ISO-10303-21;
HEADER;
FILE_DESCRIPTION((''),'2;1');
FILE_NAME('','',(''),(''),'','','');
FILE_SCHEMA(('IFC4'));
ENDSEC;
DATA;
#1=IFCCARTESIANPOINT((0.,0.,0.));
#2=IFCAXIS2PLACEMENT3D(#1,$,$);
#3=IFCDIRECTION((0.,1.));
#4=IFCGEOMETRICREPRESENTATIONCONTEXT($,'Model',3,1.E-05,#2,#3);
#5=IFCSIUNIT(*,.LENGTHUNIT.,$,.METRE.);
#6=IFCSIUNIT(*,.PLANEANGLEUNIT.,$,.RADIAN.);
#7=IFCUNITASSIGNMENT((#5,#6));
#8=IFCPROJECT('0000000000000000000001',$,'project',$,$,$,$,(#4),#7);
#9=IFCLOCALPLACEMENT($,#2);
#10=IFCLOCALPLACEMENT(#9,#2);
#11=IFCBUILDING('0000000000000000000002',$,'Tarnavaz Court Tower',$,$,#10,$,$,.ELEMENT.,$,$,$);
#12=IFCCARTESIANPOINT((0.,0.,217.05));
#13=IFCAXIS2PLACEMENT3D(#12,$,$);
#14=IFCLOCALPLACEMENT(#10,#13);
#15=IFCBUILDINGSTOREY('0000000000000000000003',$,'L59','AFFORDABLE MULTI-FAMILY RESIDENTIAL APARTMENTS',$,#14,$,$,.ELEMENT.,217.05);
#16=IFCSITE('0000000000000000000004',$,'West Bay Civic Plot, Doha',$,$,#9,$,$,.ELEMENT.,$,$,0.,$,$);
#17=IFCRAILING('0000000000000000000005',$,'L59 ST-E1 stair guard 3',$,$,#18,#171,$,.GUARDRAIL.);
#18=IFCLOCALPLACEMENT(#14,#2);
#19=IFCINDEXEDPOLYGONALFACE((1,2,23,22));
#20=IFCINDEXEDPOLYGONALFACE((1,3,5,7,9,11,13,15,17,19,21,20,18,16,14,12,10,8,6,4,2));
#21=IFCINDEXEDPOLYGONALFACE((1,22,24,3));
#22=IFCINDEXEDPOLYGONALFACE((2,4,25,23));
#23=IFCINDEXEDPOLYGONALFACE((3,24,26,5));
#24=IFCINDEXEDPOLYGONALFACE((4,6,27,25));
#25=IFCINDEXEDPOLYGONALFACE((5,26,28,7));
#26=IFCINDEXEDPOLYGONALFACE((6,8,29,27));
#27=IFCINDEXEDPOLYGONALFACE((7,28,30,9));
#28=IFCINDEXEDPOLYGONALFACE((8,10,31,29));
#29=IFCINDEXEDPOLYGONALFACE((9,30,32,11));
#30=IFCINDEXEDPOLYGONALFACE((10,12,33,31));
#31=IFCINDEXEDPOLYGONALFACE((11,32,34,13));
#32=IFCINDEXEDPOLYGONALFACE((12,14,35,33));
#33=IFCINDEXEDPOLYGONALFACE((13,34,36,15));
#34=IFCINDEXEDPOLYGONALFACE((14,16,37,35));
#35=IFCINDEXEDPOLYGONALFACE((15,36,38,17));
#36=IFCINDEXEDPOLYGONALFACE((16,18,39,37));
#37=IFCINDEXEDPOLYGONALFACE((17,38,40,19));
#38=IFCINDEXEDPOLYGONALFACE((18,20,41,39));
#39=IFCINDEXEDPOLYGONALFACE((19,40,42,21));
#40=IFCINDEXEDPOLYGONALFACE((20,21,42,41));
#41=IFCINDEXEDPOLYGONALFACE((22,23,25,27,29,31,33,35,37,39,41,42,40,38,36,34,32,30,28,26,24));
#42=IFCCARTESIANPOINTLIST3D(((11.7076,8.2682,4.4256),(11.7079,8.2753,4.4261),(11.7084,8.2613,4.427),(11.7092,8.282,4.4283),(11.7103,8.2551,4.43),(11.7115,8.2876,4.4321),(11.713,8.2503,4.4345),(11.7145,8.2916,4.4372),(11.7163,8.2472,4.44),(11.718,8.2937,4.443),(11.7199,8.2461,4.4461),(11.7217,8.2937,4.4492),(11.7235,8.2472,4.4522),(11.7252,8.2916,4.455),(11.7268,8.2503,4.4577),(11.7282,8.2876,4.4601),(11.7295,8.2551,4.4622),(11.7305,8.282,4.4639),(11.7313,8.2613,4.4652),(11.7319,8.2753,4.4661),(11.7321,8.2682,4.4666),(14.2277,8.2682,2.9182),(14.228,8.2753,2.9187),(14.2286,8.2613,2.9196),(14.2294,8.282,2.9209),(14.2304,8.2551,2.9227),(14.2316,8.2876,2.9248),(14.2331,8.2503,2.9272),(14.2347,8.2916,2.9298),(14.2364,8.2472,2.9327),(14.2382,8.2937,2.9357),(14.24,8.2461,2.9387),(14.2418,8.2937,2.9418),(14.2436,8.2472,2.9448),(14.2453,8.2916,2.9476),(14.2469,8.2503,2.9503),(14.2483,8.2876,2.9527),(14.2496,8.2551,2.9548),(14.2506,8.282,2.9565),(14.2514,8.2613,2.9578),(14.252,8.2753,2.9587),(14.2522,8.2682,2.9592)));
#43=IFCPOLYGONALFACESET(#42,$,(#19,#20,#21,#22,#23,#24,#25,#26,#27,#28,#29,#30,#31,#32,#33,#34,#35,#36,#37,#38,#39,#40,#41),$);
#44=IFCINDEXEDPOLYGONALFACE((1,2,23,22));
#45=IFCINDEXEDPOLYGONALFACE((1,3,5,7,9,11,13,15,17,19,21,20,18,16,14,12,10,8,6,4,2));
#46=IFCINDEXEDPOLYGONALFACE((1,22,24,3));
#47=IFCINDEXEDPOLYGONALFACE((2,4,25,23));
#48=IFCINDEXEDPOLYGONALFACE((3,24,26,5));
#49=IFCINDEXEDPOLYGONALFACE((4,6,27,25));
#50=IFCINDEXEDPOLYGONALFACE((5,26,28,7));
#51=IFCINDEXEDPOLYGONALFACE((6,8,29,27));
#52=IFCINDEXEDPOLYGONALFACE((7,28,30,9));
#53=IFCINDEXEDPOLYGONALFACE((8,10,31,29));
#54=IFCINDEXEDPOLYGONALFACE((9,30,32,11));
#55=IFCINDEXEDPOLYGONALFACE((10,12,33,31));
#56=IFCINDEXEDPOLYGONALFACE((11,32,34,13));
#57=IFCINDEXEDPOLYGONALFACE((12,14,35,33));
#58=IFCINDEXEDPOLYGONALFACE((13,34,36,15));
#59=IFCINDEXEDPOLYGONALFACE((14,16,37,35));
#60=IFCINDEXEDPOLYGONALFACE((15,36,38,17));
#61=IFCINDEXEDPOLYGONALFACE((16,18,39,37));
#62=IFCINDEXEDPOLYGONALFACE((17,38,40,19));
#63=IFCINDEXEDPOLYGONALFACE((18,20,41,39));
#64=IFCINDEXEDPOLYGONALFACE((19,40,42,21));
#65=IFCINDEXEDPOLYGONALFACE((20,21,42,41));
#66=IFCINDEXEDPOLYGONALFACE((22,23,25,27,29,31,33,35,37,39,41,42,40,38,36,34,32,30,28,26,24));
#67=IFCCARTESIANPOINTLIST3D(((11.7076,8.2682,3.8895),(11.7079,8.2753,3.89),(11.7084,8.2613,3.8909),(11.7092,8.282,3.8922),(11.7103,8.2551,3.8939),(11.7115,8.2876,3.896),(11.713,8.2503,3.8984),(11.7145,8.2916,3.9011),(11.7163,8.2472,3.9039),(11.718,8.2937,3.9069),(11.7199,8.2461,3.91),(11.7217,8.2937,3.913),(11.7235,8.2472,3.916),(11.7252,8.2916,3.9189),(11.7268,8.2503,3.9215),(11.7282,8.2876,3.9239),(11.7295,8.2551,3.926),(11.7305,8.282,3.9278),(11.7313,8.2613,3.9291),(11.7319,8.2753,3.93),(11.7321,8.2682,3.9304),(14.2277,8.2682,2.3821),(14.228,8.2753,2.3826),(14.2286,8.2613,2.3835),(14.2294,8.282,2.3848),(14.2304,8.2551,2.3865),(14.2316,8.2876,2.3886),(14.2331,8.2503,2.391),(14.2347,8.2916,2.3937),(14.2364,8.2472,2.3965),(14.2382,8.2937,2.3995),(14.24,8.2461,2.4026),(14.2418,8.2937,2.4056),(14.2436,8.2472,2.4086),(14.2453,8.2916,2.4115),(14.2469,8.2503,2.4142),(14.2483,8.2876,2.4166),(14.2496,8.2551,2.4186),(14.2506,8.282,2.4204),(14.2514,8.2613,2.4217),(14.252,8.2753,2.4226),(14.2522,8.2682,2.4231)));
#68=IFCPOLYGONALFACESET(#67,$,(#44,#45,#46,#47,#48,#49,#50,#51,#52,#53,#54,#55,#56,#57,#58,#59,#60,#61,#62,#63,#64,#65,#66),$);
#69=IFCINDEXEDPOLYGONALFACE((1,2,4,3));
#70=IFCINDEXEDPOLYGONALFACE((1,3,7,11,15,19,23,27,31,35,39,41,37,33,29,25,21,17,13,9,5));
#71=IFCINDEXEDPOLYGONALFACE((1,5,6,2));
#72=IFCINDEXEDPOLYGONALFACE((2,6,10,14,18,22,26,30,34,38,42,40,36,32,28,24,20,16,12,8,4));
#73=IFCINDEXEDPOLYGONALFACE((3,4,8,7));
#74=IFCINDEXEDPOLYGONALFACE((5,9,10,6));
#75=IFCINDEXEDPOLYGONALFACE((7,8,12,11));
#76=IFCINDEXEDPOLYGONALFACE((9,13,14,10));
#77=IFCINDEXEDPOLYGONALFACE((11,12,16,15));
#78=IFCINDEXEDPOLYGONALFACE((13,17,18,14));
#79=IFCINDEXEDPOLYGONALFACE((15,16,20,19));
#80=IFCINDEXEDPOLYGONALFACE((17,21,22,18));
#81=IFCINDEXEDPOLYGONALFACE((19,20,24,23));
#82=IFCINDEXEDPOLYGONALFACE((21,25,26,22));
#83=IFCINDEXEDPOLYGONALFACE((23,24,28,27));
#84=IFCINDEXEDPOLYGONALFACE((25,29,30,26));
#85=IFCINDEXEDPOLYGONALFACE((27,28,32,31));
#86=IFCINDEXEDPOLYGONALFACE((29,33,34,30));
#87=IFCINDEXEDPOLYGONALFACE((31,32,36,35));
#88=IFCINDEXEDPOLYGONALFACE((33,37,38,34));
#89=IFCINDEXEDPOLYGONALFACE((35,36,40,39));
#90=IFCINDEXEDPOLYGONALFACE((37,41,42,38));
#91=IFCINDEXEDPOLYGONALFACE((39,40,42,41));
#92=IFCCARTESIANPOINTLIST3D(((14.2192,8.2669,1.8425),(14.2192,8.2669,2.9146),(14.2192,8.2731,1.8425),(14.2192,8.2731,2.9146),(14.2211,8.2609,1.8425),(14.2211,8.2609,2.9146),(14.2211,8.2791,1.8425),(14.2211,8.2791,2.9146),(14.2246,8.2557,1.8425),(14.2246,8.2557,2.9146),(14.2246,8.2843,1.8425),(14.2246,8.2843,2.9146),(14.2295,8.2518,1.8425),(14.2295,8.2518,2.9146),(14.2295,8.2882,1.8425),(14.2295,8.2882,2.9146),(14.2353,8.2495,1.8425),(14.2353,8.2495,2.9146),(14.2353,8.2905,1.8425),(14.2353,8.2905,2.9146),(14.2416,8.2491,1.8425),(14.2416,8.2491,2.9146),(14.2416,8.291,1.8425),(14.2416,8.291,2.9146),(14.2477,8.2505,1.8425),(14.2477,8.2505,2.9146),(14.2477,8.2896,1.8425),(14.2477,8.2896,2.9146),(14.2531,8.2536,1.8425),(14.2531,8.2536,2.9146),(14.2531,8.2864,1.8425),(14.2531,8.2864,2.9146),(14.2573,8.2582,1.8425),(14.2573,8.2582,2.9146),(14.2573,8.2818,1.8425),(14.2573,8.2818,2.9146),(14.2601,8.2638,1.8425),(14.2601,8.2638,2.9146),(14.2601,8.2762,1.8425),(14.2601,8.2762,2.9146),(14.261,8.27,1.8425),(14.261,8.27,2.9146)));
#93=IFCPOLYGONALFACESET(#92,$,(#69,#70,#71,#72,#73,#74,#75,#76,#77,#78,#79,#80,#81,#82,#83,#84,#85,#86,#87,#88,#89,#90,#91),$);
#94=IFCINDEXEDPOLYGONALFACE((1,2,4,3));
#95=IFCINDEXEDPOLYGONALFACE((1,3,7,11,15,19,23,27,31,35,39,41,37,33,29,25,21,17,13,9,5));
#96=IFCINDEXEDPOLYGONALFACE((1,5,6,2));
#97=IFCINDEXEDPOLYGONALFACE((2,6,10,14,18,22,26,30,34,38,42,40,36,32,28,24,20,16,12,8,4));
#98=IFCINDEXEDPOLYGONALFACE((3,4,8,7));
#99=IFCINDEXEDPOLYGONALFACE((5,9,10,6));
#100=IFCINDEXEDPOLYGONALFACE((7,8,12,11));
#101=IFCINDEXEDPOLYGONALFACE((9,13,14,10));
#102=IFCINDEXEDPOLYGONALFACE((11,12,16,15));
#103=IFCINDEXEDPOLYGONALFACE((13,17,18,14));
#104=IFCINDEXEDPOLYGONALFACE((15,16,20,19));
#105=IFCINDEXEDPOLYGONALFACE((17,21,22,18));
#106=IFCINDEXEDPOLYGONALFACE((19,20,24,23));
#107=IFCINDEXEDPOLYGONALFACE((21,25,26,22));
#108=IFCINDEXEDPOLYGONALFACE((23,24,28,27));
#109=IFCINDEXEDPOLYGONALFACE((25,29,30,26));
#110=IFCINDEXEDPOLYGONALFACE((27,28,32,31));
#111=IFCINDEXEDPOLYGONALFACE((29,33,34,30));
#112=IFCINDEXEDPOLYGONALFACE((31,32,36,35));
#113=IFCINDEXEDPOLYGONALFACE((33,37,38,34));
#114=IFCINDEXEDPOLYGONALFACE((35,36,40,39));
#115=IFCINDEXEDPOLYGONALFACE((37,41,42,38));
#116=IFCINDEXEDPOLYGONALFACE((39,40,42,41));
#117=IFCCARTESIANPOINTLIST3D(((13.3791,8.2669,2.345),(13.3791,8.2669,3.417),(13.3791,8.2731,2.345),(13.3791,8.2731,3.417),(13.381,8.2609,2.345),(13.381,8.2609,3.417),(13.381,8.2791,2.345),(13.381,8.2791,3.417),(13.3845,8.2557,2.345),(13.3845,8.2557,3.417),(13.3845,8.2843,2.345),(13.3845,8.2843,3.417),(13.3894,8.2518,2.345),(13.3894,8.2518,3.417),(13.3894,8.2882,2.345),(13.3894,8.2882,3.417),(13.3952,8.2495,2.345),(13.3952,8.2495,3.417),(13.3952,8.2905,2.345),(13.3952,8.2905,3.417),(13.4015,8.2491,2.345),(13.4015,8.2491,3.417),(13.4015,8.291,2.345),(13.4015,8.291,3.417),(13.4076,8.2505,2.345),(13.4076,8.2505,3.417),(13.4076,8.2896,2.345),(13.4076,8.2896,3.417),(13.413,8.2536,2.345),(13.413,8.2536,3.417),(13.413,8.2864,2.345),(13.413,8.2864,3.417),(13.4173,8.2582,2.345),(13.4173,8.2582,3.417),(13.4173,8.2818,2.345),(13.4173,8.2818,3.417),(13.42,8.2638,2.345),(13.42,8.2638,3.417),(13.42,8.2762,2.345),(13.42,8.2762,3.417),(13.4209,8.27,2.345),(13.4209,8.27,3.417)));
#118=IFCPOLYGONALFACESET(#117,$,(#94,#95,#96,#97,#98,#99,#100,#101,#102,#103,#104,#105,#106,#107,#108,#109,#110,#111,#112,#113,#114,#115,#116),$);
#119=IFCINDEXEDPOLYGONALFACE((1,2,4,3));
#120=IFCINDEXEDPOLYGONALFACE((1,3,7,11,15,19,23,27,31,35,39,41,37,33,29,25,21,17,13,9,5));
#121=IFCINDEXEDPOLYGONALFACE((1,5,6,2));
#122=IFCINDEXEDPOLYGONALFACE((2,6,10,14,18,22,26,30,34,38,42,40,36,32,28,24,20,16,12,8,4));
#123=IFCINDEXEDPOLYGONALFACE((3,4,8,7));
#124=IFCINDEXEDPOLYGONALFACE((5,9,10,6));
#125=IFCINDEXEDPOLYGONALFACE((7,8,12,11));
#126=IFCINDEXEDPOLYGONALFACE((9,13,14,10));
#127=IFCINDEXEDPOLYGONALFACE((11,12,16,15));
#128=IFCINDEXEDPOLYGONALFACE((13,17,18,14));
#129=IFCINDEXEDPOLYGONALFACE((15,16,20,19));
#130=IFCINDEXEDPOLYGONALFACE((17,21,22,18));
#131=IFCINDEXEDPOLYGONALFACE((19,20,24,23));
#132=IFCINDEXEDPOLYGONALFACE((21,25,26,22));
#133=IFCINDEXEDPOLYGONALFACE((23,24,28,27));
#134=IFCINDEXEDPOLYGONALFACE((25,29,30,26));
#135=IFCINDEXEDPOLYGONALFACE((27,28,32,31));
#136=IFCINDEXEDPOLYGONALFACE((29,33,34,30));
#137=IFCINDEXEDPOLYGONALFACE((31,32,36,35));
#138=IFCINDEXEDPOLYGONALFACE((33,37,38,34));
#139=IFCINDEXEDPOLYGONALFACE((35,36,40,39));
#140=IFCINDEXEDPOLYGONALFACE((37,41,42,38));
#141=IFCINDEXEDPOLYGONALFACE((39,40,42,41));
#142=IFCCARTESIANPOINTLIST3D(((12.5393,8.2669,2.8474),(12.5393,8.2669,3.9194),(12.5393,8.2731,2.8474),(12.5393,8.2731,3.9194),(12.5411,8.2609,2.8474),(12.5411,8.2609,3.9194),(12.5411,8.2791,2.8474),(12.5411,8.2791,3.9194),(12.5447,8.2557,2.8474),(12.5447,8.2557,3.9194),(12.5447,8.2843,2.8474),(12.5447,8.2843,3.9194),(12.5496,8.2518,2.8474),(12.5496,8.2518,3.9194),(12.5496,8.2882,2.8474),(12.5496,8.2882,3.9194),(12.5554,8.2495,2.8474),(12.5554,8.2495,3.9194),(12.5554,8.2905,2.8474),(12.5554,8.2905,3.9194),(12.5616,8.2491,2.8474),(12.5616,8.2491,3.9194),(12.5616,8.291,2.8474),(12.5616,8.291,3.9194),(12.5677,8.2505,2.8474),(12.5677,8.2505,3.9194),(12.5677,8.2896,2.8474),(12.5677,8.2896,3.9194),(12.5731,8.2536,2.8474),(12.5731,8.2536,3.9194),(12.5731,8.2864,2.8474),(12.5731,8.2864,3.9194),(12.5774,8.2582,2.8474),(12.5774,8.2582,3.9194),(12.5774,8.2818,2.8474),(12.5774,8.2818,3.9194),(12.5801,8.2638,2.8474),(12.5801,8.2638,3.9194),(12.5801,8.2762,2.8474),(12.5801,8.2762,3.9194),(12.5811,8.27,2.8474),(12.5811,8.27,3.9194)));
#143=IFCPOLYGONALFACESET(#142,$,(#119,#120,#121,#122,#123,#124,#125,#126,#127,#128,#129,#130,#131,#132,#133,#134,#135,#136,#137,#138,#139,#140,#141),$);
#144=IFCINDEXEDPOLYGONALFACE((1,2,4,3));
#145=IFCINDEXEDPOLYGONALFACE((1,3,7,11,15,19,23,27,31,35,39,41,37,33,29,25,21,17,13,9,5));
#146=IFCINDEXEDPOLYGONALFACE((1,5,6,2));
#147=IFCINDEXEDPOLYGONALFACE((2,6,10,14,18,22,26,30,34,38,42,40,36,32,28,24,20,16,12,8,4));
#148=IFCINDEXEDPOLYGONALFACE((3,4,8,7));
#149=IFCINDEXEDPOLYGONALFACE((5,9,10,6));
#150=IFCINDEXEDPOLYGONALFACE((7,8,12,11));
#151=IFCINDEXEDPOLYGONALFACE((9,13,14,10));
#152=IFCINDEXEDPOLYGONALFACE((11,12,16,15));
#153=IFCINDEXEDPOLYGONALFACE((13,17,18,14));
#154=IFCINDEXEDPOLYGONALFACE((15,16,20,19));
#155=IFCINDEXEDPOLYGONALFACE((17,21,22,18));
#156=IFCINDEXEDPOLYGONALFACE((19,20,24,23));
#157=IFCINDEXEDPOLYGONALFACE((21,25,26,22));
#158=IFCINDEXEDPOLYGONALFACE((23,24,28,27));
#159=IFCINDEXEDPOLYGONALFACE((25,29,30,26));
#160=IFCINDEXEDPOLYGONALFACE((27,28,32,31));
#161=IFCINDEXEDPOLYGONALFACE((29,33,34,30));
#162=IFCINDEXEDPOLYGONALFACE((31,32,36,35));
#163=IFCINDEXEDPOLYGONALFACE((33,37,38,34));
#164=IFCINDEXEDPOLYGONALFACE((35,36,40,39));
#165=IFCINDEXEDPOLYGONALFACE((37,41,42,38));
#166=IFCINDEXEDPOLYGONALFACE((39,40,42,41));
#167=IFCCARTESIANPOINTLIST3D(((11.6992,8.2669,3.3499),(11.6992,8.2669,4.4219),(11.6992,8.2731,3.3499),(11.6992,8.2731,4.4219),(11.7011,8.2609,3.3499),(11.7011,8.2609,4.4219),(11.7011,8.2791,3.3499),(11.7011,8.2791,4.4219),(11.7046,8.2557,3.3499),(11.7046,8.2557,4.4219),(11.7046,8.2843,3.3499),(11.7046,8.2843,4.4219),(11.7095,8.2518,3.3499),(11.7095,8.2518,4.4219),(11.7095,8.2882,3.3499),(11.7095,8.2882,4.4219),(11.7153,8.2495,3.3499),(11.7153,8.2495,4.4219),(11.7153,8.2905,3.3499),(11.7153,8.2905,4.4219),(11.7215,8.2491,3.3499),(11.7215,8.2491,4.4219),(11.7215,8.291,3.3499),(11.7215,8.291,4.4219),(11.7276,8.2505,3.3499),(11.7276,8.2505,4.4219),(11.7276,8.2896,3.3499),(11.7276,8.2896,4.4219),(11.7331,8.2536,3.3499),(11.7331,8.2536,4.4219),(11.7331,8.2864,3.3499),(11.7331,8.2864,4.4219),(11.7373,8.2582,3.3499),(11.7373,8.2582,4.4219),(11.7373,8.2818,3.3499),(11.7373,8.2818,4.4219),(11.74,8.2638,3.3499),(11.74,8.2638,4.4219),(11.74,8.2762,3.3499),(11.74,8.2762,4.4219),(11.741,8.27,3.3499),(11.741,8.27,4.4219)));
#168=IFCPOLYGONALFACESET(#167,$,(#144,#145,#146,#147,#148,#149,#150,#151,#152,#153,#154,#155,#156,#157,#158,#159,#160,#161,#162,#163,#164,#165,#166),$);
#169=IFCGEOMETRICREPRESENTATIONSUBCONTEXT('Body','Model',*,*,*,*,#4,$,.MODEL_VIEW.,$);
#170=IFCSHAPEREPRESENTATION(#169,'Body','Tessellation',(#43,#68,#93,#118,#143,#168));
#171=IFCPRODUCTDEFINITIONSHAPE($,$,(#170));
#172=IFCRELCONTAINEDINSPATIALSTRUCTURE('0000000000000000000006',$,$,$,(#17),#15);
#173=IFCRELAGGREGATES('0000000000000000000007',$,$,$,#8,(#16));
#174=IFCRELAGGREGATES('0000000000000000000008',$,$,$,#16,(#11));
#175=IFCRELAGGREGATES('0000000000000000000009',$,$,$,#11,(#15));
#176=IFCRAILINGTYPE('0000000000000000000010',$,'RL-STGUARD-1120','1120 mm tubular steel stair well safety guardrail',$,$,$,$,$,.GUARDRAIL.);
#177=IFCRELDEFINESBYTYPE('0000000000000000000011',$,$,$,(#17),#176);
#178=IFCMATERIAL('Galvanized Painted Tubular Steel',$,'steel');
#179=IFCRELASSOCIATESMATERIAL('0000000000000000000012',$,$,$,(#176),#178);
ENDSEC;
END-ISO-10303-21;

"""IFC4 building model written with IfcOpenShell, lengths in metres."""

from ifc_helpers import new_model, si_unit, direction, frame, origin, origin_2d, place, context, subcontext, project, spatial, circle, extrude, material, type_object, element, save


model = new_model("IFC4")

# Units and contexts
model_context = context("Model", 3, precision=1e-05, world=origin(), true_north=direction((0.0, 1.0)))
body_context = subcontext(model_context, "Body", "Model", "MODEL_VIEW")
ifc_project = project(units=[si_unit("LENGTHUNIT", "METRE"), si_unit("PLANEANGLEUNIT", "RADIAN")], contexts=[model_context])

# Site, building, storey
site_placement = place(None, origin())
site = spatial("IfcSite", under=ifc_project, at=site_placement, Name="West Bay Civic Plot, Doha", CompositionType="ELEMENT", RefElevation=0.0)
building_placement = place(site_placement, origin())
building = spatial("IfcBuilding", under=site, at=building_placement, Name="Tarnavaz Court Tower", CompositionType="ELEMENT")
storey_placement = place(building_placement, frame((0.0, 0.0, 217.05)))
storey = spatial("IfcBuildingStorey", under=building, at=storey_placement, Name="L59", Description="AFFORDABLE MULTI-FAMILY RESIDENTIAL APARTMENTS", CompositionType="ELEMENT", Elevation=217.05)

# Railing
ifc_material_1 = material(Name="Galvanized Painted Tubular Steel", Category="steel")
railing_type_1 = type_object("IfcRailingType", Name="RL-STGUARD-1120", Description="1120 mm tubular steel stair well safety guardrail", PredefinedType="GUARDRAIL", material=ifc_material_1)
railing_1_placement = place(storey_placement, frame((14.24, 8.27, 1.8425)))
element("IfcRailing", 1, at=railing_1_placement, inside=storey, type_object=railing_type_1, Name="L59 ST-E1 stair guard 3", PredefinedType="GUARDRAIL", context=body_context, shape_type="SweptSolid", body=[
    extrude(circle(Radius=0.0239, at=origin_2d()), frame((0.0, 0.0, 1.0962), z_axis=(-0.858196, 0.0, 0.513321), x_axis=(0.0, -1.0, 0.0)), (0.0, 0.0, 1.0), 2.9365),
    extrude(circle(Radius=0.0239, at=origin_2d()), frame((0.0, 0.0, 0.5601), z_axis=(-0.858196, 0.0, 0.513321), x_axis=(0.0, -1.0, 0.0)), (0.0, 0.0, 1.0), 2.9365),
    extrude(circle(Radius=0.021, at=origin_2d()), origin(), (0.0, 0.0, 1.0), 1.072),
    extrude(circle(Radius=0.021, at=origin_2d()), frame((-0.8401, 0.0, 0.5024)), (0.0, 0.0, 1.0), 1.072),
    extrude(circle(Radius=0.021, at=origin_2d()), frame((-1.6799, 0.0, 1.0049)), (0.0, 0.0, 1.0), 1.072),
    extrude(circle(Radius=0.021, at=origin_2d()), frame((-2.52, 0.0, 1.5073)), (0.0, 0.0, 1.0), 1.072),
])

save(model, "model.ifc")
